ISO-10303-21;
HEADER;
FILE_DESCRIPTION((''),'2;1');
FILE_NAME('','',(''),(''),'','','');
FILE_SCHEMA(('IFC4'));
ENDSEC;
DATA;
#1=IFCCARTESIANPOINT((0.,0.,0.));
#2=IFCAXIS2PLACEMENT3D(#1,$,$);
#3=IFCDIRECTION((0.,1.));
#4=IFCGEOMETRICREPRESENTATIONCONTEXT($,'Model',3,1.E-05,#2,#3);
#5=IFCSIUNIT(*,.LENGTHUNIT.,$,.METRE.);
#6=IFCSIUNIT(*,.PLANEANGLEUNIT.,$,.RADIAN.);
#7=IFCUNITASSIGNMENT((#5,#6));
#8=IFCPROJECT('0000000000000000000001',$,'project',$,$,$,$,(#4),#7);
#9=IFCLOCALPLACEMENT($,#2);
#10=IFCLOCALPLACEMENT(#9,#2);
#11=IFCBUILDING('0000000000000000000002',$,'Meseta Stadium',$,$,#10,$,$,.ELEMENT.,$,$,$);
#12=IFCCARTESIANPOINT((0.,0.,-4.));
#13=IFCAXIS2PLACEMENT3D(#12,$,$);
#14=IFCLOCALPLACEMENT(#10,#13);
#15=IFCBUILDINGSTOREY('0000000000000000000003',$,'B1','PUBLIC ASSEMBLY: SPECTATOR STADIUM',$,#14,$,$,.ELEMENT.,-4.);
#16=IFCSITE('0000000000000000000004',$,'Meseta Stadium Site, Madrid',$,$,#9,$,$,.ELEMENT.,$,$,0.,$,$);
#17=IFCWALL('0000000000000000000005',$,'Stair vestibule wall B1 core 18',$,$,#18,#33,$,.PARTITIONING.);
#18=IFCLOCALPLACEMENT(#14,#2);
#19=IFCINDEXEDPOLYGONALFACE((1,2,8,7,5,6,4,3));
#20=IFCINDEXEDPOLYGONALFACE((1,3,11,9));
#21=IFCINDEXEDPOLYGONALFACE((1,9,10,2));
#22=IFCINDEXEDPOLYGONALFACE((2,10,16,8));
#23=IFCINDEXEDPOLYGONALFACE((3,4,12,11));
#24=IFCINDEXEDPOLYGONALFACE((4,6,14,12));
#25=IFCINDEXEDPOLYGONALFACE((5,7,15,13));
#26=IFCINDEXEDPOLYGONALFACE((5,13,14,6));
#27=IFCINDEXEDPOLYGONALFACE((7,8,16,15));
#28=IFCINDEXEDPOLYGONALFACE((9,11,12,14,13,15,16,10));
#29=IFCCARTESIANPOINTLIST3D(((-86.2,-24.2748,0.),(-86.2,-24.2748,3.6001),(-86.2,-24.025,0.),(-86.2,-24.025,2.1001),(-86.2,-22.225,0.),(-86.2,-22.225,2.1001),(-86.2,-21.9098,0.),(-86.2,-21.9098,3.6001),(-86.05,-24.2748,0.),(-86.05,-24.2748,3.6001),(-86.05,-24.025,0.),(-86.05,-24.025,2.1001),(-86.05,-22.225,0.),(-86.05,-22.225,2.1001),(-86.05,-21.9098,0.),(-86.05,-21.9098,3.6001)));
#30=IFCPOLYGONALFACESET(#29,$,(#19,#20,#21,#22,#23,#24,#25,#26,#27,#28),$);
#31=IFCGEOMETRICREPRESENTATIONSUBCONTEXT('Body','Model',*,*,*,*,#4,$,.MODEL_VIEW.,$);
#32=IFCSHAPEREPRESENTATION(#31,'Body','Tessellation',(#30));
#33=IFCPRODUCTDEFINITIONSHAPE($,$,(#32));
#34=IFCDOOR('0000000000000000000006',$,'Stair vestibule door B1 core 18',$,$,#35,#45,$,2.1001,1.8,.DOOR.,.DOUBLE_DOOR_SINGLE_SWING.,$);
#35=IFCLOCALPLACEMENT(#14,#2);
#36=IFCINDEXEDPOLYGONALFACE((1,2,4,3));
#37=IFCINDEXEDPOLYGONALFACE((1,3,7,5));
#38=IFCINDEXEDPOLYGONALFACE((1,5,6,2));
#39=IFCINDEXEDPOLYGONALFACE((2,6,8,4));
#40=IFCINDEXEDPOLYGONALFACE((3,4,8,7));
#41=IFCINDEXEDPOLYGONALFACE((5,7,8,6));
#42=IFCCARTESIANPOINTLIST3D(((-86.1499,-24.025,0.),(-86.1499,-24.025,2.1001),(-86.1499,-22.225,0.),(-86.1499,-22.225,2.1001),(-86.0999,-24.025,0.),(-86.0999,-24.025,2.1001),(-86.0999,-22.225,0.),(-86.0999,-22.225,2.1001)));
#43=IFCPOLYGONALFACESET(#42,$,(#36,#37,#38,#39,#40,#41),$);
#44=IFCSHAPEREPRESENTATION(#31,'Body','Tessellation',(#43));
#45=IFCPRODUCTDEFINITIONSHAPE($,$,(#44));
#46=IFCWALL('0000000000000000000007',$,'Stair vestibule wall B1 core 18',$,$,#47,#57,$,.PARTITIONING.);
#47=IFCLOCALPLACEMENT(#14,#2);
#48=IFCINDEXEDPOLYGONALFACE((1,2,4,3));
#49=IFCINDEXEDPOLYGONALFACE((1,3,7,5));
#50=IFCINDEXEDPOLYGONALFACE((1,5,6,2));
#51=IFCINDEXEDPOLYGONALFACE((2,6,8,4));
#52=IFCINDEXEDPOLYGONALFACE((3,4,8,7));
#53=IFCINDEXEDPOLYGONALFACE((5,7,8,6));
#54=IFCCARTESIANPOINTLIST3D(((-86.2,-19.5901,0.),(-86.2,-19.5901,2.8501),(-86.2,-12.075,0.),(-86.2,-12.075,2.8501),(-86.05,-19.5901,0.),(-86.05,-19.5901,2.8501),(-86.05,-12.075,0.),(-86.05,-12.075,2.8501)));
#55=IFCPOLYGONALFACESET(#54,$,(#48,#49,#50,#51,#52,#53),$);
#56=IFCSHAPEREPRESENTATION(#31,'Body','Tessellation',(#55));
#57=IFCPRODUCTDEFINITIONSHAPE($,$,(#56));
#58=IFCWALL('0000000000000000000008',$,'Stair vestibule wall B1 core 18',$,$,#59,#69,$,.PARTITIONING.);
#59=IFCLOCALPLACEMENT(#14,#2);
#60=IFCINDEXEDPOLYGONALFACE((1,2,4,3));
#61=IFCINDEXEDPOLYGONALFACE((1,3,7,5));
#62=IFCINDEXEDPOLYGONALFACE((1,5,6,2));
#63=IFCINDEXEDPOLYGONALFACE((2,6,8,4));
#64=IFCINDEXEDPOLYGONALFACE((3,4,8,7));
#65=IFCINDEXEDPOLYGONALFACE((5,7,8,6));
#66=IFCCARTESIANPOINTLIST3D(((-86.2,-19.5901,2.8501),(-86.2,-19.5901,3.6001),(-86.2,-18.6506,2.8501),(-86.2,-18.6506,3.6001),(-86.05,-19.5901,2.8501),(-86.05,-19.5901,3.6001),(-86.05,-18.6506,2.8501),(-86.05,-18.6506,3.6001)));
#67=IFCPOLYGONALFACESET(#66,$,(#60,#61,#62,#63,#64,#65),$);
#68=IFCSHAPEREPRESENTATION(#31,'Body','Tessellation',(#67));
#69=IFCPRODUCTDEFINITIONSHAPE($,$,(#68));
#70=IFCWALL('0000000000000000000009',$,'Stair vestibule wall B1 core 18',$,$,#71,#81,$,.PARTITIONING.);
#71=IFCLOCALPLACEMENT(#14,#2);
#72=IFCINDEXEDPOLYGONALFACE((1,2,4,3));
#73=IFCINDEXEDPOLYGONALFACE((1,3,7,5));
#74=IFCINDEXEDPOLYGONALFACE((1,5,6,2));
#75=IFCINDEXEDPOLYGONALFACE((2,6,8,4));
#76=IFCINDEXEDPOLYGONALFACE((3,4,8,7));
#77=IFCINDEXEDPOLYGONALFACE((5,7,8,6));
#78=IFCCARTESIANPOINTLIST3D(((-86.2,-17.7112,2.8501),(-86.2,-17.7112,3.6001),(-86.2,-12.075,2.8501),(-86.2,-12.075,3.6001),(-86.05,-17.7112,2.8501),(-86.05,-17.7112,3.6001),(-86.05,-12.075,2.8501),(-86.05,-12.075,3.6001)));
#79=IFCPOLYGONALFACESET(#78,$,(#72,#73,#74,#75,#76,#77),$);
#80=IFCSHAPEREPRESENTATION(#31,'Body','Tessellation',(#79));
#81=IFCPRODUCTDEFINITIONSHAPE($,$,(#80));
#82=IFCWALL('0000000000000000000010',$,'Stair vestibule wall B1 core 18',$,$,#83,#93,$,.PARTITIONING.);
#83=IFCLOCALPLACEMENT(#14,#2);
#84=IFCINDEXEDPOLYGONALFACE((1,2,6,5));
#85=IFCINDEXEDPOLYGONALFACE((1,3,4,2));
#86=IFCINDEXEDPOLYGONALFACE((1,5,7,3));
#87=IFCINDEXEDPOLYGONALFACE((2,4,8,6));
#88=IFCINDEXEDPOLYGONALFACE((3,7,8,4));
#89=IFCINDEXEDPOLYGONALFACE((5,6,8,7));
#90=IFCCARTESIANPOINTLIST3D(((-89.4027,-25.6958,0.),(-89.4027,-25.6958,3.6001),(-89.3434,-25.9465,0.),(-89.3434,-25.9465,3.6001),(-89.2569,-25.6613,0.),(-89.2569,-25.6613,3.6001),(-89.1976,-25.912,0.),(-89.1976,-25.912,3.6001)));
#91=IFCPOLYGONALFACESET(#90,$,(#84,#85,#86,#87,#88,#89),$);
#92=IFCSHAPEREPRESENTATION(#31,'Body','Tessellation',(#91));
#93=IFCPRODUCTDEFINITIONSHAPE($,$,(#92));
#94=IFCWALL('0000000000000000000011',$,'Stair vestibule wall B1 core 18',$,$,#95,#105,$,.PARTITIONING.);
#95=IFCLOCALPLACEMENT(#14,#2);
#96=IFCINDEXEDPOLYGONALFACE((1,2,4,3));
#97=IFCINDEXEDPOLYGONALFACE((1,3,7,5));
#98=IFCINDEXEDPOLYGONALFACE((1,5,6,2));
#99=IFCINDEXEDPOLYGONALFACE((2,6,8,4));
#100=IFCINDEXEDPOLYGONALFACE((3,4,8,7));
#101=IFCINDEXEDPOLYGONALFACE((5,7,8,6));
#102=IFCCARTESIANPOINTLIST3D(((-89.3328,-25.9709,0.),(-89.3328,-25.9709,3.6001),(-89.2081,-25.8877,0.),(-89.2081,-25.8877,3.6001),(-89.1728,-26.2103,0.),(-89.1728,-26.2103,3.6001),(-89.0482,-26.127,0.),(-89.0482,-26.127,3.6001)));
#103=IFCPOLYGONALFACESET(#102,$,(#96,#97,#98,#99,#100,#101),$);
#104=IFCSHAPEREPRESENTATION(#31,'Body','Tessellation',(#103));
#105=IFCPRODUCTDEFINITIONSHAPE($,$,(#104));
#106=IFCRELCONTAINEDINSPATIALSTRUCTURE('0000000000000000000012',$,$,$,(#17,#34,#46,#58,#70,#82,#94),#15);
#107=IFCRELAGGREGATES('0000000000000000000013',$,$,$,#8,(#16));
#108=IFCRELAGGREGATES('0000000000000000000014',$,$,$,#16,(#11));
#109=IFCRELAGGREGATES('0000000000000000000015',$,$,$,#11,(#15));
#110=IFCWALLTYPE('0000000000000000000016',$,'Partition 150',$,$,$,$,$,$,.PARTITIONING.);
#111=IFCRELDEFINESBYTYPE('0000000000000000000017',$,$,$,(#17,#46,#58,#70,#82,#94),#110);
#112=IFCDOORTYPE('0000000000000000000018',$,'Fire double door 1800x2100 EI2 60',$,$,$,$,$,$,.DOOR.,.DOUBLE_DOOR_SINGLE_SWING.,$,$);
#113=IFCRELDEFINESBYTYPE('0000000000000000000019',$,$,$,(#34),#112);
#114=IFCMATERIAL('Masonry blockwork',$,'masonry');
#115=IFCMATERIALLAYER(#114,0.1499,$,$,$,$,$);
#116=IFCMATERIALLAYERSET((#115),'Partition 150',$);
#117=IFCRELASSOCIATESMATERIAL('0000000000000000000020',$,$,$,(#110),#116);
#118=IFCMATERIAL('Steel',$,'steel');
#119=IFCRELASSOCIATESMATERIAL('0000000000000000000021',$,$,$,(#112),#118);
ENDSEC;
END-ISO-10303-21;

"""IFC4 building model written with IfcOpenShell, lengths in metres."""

from ifc_helpers import new_model, si_unit, direction, frame, frame_2d, origin, place, context, subcontext, project, spatial, rectangle, extrude, material, layer, layer_set, type_object, element, fill, save


model = new_model("IFC4")

# Units and contexts
model_context = context("Model", 3, precision=1e-05, world=origin(), true_north=direction((0.0, 1.0)))
body_context = subcontext(model_context, "Body", "Model", "MODEL_VIEW")
ifc_project = project(units=[si_unit("LENGTHUNIT", "METRE"), si_unit("PLANEANGLEUNIT", "RADIAN")], contexts=[model_context])

# Site, building, storey
site_placement = place(None, origin())
site = spatial("IfcSite", under=ifc_project, at=site_placement, Name="Meseta Stadium Site, Madrid", CompositionType="ELEMENT", RefElevation=0.0)
building_placement = place(site_placement, origin())
building = spatial("IfcBuilding", under=site, at=building_placement, Name="Meseta Stadium", CompositionType="ELEMENT")
storey_placement = place(building_placement, frame((0.0, 0.0, -4.0)))
storey = spatial("IfcBuildingStorey", under=building, at=storey_placement, Name="B1", Description="PUBLIC ASSEMBLY: SPECTATOR STADIUM", CompositionType="ELEMENT", Elevation=-4.0)

# Shared definitions
ifc_material_1 = material(Name="Masonry blockwork", Category="masonry")
ifc_layer_1 = layer(ifc_material_1, 0.1499)
ifc_layer_set_1 = layer_set([ifc_layer_1], Name="Partition 150")
wall_type_1 = type_object("IfcWallType", Name="Partition 150", PredefinedType="PARTITIONING", material=ifc_layer_set_1)

# Wall, opening, door
wall_1_placement = place(storey_placement, frame((-86.125, -24.2749, 0.0), z_axis=(0.0, 0.0, 1.0), x_axis=(0.0, 1.0, 0.0)))
wall_1 = element("IfcWall", 1, at=wall_1_placement, inside=storey, type_object=wall_type_1, Name="Stair vestibule wall B1 core 18", PredefinedType="PARTITIONING", context=body_context, shape_type="SweptSolid", body=[
    extrude(rectangle(XDim=2.365, YDim=0.1499, at=frame_2d((1.1826, 0.0))), origin(), (0.0, 0.0, 1.0), 3.6001),
])
opening_1_placement = place(wall_1_placement, frame((0.25, 0.0, 0.0)))
opening_1 = element("IfcOpeningElement", 2, at=opening_1_placement, cuts=wall_1, PredefinedType="OPENING", context=body_context, shape_type="SweptSolid", body=[
    extrude(rectangle(XDim=1.8, YDim=2.1001, at=frame_2d((0.8999, 1.05))), frame((0.0, 0.085, 0.0), z_axis=(0.0, -1.0, 0.0), x_axis=(1.0, 0.0, 0.0)), (0.0, 0.0, 1.0), 0.1699),
])
ifc_material_2 = material(Name="Steel", Category="steel")
door_type_1 = type_object("IfcDoorType", Name="Fire double door 1800x2100 EI2 60", OperationType="DOUBLE_DOOR_SINGLE_SWING", PredefinedType="DOOR", material=ifc_material_2)
door_1_placement = place(opening_1_placement, origin())
door_1 = element("IfcDoor", 3, at=door_1_placement, inside=storey, type_object=door_type_1, Name="Stair vestibule door B1 core 18", OperationType="DOUBLE_DOOR_SINGLE_SWING", OverallHeight=2.1001, OverallWidth=1.8, PredefinedType="DOOR", context=body_context, shape_type="SweptSolid", body=[
    extrude(rectangle(XDim=1.8, YDim=2.1001, at=frame_2d((0.8999, 1.05))), frame((0.0, 0.0249, 0.0), z_axis=(0.0, -1.0, 0.0), x_axis=(1.0, 0.0, 0.0)), (0.0, 0.0, 1.0), 0.05),
])
fill(opening_1, door_1)

# Walls
wall_2_placement = place(storey_placement, frame((-86.125, -19.5901, 0.0), z_axis=(0.0, 0.0, 1.0), x_axis=(0.0, 1.0, 0.0)))
element("IfcWall", 4, at=wall_2_placement, inside=storey, type_object=wall_type_1, Name="Stair vestibule wall B1 core 18", PredefinedType="PARTITIONING", context=body_context, shape_type="SweptSolid", body=[
    extrude(rectangle(XDim=7.5151, YDim=0.1499, at=frame_2d((3.7576, 0.0))), origin(), (0.0, 0.0, 1.0), 2.8501),
])
wall_3_placement = place(storey_placement, frame((-86.125, -19.5901, 2.8501), z_axis=(0.0, 0.0, 1.0), x_axis=(0.0, 1.0, 0.0)))
element("IfcWall", 5, at=wall_3_placement, inside=storey, type_object=wall_type_1, Name="Stair vestibule wall B1 core 18", PredefinedType="PARTITIONING", context=body_context, shape_type="SweptSolid", body=[
    extrude(rectangle(XDim=0.9395, YDim=0.1499, at=frame_2d((0.4697, 0.0))), origin(), (0.0, 0.0, 1.0), 0.75),
])
wall_4_placement = place(storey_placement, frame((-86.125, -17.7112, 2.8501), z_axis=(0.0, 0.0, 1.0), x_axis=(0.0, 1.0, 0.0)))
element("IfcWall", 6, at=wall_4_placement, inside=storey, type_object=wall_type_1, Name="Stair vestibule wall B1 core 18", PredefinedType="PARTITIONING", context=body_context, shape_type="SweptSolid", body=[
    extrude(rectangle(XDim=5.6362, YDim=0.1499, at=frame_2d((2.8181, 0.0))), origin(), (0.0, 0.0, 1.0), 0.75),
])
wall_5_placement = place(storey_placement, frame((-89.3298, -25.6785, 0.0), z_axis=(0.0, 0.0, 1.0), x_axis=(0.230254, -0.973131, 0.0)))
element("IfcWall", 7, at=wall_5_placement, inside=storey, type_object=wall_type_1, Name="Stair vestibule wall B1 core 18", PredefinedType="PARTITIONING", context=body_context, shape_type="SweptSolid", body=[
    extrude(rectangle(XDim=0.2576, YDim=0.1499, at=frame_2d((0.1289, 0.0))), origin(), (0.0, 0.0, 1.0), 3.6001),
])
wall_6_placement = place(storey_placement, frame((-89.2705, -25.9292, 0.0), z_axis=(0.0, 0.0, 1.0), x_axis=(0.555679, -0.831397, 0.0)))
element("IfcWall", 8, at=wall_6_placement, inside=storey, type_object=wall_type_1, Name="Stair vestibule wall B1 core 18", PredefinedType="PARTITIONING", context=body_context, shape_type="SweptSolid", body=[
    extrude(rectangle(XDim=0.2878, YDim=0.1499, at=frame_2d((0.144, 0.0))), origin(), (0.0, 0.0, 1.0), 3.6001),
])

save(model, "model.ifc")
